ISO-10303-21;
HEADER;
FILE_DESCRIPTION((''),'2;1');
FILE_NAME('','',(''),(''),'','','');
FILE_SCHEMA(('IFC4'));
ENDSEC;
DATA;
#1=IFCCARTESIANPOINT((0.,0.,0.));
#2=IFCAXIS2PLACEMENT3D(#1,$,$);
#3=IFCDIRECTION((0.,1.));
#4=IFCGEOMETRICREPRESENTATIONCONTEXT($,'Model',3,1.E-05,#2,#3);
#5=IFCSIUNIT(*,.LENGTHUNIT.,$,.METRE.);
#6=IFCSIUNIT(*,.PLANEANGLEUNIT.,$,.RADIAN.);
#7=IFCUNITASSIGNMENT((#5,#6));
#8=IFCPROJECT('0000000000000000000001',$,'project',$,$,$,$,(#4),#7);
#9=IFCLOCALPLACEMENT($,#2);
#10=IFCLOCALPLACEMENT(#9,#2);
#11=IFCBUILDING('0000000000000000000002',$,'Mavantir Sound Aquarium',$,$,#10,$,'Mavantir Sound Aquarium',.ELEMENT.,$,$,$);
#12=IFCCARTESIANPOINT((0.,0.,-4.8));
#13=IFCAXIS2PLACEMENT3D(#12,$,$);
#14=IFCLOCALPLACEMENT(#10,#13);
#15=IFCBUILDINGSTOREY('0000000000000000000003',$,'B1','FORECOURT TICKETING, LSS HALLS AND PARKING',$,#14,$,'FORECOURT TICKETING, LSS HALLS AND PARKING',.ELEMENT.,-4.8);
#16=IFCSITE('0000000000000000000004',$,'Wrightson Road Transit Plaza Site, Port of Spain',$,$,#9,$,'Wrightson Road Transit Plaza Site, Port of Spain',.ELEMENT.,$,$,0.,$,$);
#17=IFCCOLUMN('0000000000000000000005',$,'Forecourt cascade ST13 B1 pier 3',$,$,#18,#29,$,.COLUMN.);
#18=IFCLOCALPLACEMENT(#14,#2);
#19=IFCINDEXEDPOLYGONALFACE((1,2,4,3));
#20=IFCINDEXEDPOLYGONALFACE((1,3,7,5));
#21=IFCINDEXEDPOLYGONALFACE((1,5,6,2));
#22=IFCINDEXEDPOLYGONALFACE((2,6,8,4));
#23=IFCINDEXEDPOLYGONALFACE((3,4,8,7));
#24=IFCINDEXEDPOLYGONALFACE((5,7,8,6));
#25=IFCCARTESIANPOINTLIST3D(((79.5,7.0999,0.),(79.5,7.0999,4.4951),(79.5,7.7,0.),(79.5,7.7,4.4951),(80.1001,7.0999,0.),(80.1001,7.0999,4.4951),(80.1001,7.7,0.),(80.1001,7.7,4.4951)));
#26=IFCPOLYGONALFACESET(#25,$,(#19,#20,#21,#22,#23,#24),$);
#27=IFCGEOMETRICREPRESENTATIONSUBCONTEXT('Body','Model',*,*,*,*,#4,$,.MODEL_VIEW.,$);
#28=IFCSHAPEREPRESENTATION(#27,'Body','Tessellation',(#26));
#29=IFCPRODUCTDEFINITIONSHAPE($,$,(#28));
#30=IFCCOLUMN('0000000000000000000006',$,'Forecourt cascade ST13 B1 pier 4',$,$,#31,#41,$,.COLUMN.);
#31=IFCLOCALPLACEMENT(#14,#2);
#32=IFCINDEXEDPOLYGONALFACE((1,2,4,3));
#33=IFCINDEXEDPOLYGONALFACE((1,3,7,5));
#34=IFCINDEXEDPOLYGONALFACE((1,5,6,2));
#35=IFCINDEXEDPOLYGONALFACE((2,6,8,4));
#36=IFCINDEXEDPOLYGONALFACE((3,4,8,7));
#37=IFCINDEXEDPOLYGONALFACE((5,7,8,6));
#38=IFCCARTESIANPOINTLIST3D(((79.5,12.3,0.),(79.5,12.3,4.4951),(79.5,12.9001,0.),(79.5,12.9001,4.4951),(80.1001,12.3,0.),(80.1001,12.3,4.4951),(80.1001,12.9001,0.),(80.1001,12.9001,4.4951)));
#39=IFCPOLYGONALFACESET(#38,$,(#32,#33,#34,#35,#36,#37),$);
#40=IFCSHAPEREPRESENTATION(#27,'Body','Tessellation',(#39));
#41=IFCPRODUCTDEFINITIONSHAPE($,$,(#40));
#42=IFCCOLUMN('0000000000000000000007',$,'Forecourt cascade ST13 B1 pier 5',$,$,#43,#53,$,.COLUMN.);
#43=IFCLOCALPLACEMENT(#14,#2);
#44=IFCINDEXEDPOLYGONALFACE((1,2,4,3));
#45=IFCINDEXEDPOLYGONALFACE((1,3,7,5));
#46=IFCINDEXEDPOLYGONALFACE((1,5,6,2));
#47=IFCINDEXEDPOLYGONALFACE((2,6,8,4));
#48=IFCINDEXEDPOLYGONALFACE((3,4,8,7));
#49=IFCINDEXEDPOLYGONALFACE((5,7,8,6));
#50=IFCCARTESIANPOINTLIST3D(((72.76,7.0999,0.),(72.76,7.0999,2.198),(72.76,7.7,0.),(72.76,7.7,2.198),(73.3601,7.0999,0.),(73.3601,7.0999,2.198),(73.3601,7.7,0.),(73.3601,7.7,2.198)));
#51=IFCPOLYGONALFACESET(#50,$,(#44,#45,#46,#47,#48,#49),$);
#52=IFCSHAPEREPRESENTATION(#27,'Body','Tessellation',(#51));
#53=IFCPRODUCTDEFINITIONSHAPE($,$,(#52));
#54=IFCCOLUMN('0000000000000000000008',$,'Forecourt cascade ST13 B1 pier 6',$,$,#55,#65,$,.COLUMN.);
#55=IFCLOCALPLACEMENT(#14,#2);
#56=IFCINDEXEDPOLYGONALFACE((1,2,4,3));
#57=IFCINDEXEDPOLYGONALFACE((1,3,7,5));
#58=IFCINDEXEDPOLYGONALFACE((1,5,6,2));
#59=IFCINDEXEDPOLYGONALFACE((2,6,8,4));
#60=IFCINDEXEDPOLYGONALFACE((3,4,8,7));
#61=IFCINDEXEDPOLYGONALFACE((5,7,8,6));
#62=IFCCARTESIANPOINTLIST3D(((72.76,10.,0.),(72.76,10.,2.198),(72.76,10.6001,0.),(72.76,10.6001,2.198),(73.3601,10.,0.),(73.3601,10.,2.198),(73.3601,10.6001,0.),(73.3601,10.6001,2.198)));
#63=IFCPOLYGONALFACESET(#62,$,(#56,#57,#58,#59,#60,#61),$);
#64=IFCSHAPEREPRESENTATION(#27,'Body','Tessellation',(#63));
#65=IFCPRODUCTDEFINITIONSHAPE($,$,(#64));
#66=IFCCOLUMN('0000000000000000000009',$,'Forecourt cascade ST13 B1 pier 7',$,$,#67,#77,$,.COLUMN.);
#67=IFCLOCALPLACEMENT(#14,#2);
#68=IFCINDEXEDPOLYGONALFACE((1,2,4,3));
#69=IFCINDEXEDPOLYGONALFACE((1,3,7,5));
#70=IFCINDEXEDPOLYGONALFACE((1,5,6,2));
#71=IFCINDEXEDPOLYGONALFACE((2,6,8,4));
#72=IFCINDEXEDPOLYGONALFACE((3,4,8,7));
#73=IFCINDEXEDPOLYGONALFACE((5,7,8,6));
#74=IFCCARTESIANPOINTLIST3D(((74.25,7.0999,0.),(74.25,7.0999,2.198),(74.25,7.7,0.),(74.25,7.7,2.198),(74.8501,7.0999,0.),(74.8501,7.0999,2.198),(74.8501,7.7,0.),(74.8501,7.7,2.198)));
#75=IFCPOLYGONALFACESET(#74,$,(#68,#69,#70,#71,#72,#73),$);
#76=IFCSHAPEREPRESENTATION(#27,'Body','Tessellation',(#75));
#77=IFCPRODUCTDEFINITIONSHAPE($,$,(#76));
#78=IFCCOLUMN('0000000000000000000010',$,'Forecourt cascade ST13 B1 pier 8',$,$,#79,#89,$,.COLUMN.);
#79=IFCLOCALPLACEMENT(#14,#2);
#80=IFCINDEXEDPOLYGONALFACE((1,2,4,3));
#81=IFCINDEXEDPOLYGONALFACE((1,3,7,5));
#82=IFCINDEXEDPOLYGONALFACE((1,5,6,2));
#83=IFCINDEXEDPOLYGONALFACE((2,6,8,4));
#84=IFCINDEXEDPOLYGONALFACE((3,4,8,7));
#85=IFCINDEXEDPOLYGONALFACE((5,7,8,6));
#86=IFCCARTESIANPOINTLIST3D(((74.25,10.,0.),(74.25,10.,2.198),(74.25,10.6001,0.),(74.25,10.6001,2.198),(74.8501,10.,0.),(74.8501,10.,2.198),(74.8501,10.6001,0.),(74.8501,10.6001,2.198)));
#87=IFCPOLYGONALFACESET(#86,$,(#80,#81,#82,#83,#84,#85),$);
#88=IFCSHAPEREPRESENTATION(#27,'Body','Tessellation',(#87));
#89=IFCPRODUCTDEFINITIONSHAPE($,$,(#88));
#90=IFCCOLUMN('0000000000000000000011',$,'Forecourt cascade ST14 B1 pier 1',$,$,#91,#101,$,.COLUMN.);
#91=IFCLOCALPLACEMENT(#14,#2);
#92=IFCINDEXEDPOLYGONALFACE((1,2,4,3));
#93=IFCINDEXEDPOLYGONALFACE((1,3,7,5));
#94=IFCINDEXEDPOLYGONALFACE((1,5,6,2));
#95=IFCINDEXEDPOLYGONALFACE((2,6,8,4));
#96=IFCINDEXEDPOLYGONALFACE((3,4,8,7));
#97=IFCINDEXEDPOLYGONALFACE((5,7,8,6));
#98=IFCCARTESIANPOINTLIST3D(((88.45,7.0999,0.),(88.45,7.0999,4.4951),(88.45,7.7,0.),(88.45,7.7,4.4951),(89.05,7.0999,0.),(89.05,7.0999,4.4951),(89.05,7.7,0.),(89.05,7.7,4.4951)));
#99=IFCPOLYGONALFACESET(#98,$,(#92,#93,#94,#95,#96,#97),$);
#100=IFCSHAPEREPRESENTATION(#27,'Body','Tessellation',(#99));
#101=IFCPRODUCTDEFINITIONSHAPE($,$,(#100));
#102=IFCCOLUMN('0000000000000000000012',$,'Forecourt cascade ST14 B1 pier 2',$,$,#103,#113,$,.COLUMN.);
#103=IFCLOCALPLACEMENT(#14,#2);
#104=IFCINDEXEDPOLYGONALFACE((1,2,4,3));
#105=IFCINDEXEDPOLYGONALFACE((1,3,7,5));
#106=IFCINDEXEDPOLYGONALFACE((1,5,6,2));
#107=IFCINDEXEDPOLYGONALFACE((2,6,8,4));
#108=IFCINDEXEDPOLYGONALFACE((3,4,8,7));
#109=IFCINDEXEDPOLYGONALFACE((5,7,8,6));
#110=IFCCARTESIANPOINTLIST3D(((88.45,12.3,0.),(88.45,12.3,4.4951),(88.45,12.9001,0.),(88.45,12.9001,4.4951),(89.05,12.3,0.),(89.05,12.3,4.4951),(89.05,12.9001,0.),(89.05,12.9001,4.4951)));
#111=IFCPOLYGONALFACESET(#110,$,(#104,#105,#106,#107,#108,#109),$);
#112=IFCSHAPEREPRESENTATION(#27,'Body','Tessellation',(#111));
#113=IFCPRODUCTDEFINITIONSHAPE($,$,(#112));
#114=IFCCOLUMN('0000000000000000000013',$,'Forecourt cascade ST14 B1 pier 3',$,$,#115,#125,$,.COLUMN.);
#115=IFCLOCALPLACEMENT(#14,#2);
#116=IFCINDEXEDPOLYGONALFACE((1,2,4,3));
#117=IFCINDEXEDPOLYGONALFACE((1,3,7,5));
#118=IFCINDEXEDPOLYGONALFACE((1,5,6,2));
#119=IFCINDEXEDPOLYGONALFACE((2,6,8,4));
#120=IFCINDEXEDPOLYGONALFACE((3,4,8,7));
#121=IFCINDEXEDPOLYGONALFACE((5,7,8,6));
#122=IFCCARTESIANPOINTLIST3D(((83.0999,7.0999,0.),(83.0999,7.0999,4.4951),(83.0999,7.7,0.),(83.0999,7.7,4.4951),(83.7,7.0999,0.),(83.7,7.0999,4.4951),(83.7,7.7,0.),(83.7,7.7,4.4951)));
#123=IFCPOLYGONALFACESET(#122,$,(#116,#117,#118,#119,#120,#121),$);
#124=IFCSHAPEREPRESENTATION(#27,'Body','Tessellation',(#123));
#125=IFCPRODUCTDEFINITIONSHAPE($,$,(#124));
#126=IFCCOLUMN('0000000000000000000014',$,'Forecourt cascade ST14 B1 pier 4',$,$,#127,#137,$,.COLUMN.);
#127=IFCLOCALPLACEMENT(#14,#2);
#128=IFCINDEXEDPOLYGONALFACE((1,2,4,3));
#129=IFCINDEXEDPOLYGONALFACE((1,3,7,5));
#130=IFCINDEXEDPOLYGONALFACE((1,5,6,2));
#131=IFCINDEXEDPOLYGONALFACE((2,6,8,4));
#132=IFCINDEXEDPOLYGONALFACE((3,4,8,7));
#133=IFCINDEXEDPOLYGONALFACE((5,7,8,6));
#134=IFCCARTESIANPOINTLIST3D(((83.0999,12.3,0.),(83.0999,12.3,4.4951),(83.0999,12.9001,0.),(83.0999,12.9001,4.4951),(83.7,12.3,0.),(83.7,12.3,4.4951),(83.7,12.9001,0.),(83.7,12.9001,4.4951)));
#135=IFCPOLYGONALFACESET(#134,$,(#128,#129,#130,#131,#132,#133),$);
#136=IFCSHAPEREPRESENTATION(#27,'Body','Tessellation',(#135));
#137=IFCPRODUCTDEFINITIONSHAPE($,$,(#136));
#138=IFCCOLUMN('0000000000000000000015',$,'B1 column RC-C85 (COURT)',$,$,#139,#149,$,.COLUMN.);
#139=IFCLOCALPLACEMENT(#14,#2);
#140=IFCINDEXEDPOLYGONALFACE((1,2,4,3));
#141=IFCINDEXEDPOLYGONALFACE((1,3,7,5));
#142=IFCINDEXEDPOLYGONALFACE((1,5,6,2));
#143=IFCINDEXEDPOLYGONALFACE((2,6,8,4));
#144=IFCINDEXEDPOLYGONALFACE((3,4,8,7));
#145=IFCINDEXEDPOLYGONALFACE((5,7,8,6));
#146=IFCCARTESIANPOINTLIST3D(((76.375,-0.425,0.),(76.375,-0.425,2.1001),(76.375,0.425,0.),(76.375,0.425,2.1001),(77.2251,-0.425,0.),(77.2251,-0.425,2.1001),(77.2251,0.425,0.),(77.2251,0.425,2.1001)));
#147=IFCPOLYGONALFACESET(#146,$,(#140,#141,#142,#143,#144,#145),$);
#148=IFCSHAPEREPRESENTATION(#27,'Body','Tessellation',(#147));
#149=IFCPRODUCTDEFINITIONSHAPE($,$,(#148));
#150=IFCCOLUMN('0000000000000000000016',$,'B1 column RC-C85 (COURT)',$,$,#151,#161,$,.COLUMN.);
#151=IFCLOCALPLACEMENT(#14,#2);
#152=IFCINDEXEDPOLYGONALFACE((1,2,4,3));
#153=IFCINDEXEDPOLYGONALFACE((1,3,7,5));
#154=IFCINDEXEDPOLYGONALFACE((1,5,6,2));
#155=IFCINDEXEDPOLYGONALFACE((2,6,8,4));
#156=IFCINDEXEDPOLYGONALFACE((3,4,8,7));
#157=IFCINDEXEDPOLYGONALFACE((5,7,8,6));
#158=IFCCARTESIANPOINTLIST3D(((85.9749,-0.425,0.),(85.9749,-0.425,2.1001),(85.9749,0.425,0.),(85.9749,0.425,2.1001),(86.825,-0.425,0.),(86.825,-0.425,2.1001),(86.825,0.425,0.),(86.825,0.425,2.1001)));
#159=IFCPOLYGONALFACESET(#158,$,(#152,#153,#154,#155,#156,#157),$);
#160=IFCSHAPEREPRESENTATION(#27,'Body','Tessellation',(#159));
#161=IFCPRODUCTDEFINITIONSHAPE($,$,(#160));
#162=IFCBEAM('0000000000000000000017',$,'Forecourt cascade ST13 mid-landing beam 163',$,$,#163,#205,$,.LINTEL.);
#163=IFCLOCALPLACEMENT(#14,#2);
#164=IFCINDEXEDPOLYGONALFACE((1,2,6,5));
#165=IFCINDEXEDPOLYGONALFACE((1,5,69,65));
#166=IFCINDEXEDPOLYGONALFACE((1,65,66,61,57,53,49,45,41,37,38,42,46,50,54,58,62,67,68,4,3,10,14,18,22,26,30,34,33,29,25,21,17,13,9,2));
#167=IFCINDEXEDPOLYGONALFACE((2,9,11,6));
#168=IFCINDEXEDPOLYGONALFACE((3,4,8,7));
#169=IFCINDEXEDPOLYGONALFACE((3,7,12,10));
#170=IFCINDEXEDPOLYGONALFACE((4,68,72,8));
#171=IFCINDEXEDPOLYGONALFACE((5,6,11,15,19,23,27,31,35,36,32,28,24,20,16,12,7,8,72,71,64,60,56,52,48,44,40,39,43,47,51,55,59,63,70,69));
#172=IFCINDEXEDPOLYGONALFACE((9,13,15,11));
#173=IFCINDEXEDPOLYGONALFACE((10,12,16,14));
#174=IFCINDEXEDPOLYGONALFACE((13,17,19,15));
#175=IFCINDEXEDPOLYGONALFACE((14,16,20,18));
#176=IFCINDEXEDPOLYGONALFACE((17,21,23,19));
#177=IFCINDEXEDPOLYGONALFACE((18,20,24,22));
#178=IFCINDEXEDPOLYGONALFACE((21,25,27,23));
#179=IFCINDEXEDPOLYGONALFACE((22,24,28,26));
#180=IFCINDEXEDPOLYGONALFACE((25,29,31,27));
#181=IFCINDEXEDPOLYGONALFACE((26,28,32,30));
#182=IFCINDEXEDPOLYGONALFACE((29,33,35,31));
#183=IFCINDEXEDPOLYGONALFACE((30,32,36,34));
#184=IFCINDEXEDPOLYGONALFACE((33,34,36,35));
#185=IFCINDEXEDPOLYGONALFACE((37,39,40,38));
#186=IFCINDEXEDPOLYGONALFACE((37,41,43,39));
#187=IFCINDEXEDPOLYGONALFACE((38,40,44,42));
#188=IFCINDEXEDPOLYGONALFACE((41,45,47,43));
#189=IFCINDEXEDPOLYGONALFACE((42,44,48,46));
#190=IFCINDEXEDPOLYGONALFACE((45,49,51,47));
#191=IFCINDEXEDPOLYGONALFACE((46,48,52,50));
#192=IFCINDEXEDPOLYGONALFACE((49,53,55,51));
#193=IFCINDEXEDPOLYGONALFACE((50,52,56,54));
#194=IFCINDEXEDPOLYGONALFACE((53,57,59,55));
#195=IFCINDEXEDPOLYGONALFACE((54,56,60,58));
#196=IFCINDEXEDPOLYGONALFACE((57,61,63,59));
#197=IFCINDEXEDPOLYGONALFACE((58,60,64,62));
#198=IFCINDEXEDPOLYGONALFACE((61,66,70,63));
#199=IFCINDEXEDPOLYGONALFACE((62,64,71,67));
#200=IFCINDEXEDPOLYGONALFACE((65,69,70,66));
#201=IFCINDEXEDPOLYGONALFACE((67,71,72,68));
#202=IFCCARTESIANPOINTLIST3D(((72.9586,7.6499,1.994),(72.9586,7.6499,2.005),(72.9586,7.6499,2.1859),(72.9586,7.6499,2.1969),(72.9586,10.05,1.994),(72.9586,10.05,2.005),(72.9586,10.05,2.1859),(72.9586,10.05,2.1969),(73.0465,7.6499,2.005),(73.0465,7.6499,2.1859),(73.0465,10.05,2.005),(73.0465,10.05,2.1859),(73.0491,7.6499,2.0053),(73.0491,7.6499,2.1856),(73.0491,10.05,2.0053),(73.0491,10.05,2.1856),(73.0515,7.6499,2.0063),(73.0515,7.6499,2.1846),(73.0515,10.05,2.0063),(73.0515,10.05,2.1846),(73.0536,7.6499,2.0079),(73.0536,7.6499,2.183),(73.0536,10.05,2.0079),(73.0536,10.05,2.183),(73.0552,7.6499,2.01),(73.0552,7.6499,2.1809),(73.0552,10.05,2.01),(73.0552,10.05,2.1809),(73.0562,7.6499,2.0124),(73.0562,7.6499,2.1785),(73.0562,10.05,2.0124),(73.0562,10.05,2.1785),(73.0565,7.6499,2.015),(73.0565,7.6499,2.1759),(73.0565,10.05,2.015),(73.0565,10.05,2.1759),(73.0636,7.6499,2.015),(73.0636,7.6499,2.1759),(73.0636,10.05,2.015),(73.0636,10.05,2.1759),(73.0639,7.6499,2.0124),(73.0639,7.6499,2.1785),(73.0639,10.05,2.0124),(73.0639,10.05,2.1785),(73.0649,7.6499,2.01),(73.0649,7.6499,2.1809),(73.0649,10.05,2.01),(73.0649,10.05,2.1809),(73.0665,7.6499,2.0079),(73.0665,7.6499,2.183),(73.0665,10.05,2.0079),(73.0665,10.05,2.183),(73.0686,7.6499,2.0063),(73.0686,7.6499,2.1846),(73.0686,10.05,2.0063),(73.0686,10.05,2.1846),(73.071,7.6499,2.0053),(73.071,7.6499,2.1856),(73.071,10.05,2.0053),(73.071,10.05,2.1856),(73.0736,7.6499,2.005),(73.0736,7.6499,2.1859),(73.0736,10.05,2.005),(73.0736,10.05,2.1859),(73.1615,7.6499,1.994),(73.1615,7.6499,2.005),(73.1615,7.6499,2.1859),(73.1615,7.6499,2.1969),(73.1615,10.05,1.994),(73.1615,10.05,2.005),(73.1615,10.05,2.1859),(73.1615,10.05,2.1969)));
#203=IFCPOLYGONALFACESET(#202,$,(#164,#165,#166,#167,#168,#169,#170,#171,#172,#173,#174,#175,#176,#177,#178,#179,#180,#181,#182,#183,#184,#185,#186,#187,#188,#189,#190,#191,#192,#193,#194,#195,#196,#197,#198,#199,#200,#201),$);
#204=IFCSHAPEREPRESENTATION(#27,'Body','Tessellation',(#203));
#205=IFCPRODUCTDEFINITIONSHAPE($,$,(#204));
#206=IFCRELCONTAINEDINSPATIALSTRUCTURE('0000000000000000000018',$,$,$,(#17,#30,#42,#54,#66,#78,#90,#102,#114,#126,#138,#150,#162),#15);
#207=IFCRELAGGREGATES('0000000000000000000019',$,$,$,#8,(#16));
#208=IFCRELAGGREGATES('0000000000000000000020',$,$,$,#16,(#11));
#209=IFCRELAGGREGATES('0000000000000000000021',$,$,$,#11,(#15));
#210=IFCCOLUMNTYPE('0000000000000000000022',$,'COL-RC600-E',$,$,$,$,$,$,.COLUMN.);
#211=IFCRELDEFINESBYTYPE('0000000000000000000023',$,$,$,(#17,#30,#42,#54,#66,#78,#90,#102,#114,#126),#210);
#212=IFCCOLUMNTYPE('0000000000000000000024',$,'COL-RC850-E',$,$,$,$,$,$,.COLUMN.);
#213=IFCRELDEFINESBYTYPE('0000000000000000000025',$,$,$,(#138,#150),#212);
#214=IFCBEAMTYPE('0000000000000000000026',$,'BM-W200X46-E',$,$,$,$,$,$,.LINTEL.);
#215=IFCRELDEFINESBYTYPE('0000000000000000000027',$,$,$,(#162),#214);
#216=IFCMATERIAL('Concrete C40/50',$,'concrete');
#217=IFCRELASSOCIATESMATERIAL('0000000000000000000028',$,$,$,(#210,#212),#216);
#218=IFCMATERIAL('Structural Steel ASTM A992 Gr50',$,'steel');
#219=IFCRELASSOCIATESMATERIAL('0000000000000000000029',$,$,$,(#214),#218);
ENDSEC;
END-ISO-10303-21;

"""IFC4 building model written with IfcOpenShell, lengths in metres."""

from ifc_helpers import new_model, si_unit, direction, frame, origin, origin_2d, place, context, subcontext, project, spatial, rectangle, i_section, extrude, material, material_profile, profile_set, type_object, element, save


model = new_model("IFC4")

# Units and contexts
model_context = context("Model", 3, precision=1e-05, world=origin(), true_north=direction((0.0, 1.0)))
body_context = subcontext(model_context, "Body", "Model", "MODEL_VIEW")
ifc_project = project(units=[si_unit("LENGTHUNIT", "METRE"), si_unit("PLANEANGLEUNIT", "RADIAN")], contexts=[model_context])

# Site, building, storey
site_placement = place(None, origin())
site = spatial("IfcSite", under=ifc_project, at=site_placement, Name="Wrightson Road Transit Plaza Site, Port of Spain", LongName="Wrightson Road Transit Plaza Site, Port of Spain", CompositionType="ELEMENT", RefElevation=0.0)
building_placement = place(site_placement, origin())
building = spatial("IfcBuilding", under=site, at=building_placement, Name="Mavantir Sound Aquarium", LongName="Mavantir Sound Aquarium", CompositionType="ELEMENT")
storey_placement = place(building_placement, frame((0.0, 0.0, -4.8)))
storey = spatial("IfcBuildingStorey", under=building, at=storey_placement, Name="B1", Description="FORECOURT TICKETING, LSS HALLS AND PARKING", LongName="FORECOURT TICKETING, LSS HALLS AND PARKING", CompositionType="ELEMENT", Elevation=-4.8)

# Columns
ifc_material_1 = material(Name="Concrete C40/50", Category="concrete")
ifc_material_profile_1 = material_profile(ifc_material_1, rectangle(XDim=0.6001, YDim=0.6001, at=origin_2d()), Name="RC 600X600")
ifc_profile_set_1 = profile_set([ifc_material_profile_1], Name="Concrete C40/50")
column_type_1 = type_object("IfcColumnType", Name="COL-RC600-E", PredefinedType="COLUMN", material=ifc_profile_set_1)
for number, where, z_axis, x_axis, name in (
    (1, (79.8, 7.3999, 0.0), (0.0, 0.0, 1.0), (1.0, 0.0, 0.0), "Forecourt cascade ST13 B1 pier 3"),
    (2, (79.8, 12.6001, 0.0), (0.0, 0.0, 1.0), (1.0, 0.0, 0.0), "Forecourt cascade ST13 B1 pier 4"),
):
    element("IfcColumn", number, at=place(storey_placement, frame(where, z_axis=z_axis, x_axis=x_axis)), inside=storey, type_object=column_type_1, Name=name, PredefinedType="COLUMN", context=body_context, shape_type="SweptSolid", body=[
        extrude(rectangle(XDim=0.6001, YDim=0.6001, at=origin_2d()), origin(), (0.0, 0.0, 1.0), 4.4951),
    ])
for number, where, z_axis, x_axis, name in (
    (3, (73.0601, 7.3999, 0.0), (0.0, 0.0, 1.0), (1.0, 0.0, 0.0), "Forecourt cascade ST13 B1 pier 5"),
    (4, (73.0601, 10.3, 0.0), (0.0, 0.0, 1.0), (1.0, 0.0, 0.0), "Forecourt cascade ST13 B1 pier 6"),
    (5, (74.55, 7.3999, 0.0), (0.0, 0.0, 1.0), (1.0, 0.0, 0.0), "Forecourt cascade ST13 B1 pier 7"),
    (6, (74.55, 10.3, 0.0), (0.0, 0.0, 1.0), (1.0, 0.0, 0.0), "Forecourt cascade ST13 B1 pier 8"),
):
    element("IfcColumn", number, at=place(storey_placement, frame(where, z_axis=z_axis, x_axis=x_axis)), inside=storey, type_object=column_type_1, Name=name, PredefinedType="COLUMN", context=body_context, shape_type="SweptSolid", body=[
        extrude(rectangle(XDim=0.6001, YDim=0.6001, at=origin_2d()), origin(), (0.0, 0.0, 1.0), 2.198),
    ])
for number, where, z_axis, x_axis, name in (
    (7, (88.75, 7.3999, 0.0), (0.0, 0.0, 1.0), (1.0, 0.0, 0.0), "Forecourt cascade ST14 B1 pier 1"),
    (8, (88.75, 12.6001, 0.0), (0.0, 0.0, 1.0), (1.0, 0.0, 0.0), "Forecourt cascade ST14 B1 pier 2"),
    (9, (83.3999, 7.3999, 0.0), (0.0, 0.0, 1.0), (1.0, 0.0, 0.0), "Forecourt cascade ST14 B1 pier 3"),
    (10, (83.3999, 12.6001, 0.0), (0.0, 0.0, 1.0), (1.0, 0.0, 0.0), "Forecourt cascade ST14 B1 pier 4"),
):
    element("IfcColumn", number, at=place(storey_placement, frame(where, z_axis=z_axis, x_axis=x_axis)), inside=storey, type_object=column_type_1, Name=name, PredefinedType="COLUMN", context=body_context, shape_type="SweptSolid", body=[
        extrude(rectangle(XDim=0.6001, YDim=0.6001, at=origin_2d()), origin(), (0.0, 0.0, 1.0), 4.4951),
    ])
ifc_material_profile_2 = material_profile(ifc_material_1, rectangle(XDim=0.8501, YDim=0.8501, at=origin_2d()), Name="RC 850X850")
ifc_profile_set_2 = profile_set([ifc_material_profile_2], Name="Concrete C40/50")
column_type_2 = type_object("IfcColumnType", Name="COL-RC850-E", PredefinedType="COLUMN", material=ifc_profile_set_2)
for number, where, z_axis, x_axis, name in (
    (11, (76.8, 0.0, 0.0), (0.0, 0.0, 1.0), (1.0, 0.0, 0.0), "B1 column RC-C85 (COURT)"),
    (12, (86.3999, 0.0, 0.0), (0.0, 0.0, 1.0), (1.0, 0.0, 0.0), "B1 column RC-C85 (COURT)"),
):
    element("IfcColumn", number, at=place(storey_placement, frame(where, z_axis=z_axis, x_axis=x_axis)), inside=storey, type_object=column_type_2, Name=name, PredefinedType="COLUMN", context=body_context, shape_type="SweptSolid", body=[
        extrude(rectangle(XDim=0.8501, YDim=0.8501, at=origin_2d()), origin(), (0.0, 0.0, 1.0), 2.1001),
    ])

# Beam
ifc_material_2 = material(Name="Structural Steel ASTM A992 Gr50", Category="steel")
ifc_material_profile_3 = material_profile(ifc_material_2, i_section(OverallWidth=0.2029, OverallDepth=0.2029, WebThickness=0.0071, FlangeThickness=0.011, FilletRadius=0.01, at=origin_2d()), Name="W200X46")
ifc_profile_set_3 = profile_set([ifc_material_profile_3], Name="Structural Steel ASTM A992 Gr50")
beam_type_1 = type_object("IfcBeamType", Name="BM-W200X46-E", PredefinedType="LINTEL", material=ifc_profile_set_3)
for number, where, z_axis, x_axis, name in (
    (13, (73.0601, 7.6499, 2.0955), (0.0, 1.0, 0.0), (-1.0, 0.0, 0.0), "Forecourt cascade ST13 mid-landing beam 163"),
):
    element("IfcBeam", number, at=place(storey_placement, frame(where, z_axis=z_axis, x_axis=x_axis)), inside=storey, type_object=beam_type_1, Name=name, PredefinedType="LINTEL", context=body_context, shape_type="SweptSolid", body=[
        extrude(i_section(OverallWidth=0.2029, OverallDepth=0.2029, WebThickness=0.0071, FlangeThickness=0.011, FilletRadius=0.01, at=origin_2d()), origin(), (0.0, 0.0, 1.0), 2.4001),
    ])

save(model, "model.ifc")
